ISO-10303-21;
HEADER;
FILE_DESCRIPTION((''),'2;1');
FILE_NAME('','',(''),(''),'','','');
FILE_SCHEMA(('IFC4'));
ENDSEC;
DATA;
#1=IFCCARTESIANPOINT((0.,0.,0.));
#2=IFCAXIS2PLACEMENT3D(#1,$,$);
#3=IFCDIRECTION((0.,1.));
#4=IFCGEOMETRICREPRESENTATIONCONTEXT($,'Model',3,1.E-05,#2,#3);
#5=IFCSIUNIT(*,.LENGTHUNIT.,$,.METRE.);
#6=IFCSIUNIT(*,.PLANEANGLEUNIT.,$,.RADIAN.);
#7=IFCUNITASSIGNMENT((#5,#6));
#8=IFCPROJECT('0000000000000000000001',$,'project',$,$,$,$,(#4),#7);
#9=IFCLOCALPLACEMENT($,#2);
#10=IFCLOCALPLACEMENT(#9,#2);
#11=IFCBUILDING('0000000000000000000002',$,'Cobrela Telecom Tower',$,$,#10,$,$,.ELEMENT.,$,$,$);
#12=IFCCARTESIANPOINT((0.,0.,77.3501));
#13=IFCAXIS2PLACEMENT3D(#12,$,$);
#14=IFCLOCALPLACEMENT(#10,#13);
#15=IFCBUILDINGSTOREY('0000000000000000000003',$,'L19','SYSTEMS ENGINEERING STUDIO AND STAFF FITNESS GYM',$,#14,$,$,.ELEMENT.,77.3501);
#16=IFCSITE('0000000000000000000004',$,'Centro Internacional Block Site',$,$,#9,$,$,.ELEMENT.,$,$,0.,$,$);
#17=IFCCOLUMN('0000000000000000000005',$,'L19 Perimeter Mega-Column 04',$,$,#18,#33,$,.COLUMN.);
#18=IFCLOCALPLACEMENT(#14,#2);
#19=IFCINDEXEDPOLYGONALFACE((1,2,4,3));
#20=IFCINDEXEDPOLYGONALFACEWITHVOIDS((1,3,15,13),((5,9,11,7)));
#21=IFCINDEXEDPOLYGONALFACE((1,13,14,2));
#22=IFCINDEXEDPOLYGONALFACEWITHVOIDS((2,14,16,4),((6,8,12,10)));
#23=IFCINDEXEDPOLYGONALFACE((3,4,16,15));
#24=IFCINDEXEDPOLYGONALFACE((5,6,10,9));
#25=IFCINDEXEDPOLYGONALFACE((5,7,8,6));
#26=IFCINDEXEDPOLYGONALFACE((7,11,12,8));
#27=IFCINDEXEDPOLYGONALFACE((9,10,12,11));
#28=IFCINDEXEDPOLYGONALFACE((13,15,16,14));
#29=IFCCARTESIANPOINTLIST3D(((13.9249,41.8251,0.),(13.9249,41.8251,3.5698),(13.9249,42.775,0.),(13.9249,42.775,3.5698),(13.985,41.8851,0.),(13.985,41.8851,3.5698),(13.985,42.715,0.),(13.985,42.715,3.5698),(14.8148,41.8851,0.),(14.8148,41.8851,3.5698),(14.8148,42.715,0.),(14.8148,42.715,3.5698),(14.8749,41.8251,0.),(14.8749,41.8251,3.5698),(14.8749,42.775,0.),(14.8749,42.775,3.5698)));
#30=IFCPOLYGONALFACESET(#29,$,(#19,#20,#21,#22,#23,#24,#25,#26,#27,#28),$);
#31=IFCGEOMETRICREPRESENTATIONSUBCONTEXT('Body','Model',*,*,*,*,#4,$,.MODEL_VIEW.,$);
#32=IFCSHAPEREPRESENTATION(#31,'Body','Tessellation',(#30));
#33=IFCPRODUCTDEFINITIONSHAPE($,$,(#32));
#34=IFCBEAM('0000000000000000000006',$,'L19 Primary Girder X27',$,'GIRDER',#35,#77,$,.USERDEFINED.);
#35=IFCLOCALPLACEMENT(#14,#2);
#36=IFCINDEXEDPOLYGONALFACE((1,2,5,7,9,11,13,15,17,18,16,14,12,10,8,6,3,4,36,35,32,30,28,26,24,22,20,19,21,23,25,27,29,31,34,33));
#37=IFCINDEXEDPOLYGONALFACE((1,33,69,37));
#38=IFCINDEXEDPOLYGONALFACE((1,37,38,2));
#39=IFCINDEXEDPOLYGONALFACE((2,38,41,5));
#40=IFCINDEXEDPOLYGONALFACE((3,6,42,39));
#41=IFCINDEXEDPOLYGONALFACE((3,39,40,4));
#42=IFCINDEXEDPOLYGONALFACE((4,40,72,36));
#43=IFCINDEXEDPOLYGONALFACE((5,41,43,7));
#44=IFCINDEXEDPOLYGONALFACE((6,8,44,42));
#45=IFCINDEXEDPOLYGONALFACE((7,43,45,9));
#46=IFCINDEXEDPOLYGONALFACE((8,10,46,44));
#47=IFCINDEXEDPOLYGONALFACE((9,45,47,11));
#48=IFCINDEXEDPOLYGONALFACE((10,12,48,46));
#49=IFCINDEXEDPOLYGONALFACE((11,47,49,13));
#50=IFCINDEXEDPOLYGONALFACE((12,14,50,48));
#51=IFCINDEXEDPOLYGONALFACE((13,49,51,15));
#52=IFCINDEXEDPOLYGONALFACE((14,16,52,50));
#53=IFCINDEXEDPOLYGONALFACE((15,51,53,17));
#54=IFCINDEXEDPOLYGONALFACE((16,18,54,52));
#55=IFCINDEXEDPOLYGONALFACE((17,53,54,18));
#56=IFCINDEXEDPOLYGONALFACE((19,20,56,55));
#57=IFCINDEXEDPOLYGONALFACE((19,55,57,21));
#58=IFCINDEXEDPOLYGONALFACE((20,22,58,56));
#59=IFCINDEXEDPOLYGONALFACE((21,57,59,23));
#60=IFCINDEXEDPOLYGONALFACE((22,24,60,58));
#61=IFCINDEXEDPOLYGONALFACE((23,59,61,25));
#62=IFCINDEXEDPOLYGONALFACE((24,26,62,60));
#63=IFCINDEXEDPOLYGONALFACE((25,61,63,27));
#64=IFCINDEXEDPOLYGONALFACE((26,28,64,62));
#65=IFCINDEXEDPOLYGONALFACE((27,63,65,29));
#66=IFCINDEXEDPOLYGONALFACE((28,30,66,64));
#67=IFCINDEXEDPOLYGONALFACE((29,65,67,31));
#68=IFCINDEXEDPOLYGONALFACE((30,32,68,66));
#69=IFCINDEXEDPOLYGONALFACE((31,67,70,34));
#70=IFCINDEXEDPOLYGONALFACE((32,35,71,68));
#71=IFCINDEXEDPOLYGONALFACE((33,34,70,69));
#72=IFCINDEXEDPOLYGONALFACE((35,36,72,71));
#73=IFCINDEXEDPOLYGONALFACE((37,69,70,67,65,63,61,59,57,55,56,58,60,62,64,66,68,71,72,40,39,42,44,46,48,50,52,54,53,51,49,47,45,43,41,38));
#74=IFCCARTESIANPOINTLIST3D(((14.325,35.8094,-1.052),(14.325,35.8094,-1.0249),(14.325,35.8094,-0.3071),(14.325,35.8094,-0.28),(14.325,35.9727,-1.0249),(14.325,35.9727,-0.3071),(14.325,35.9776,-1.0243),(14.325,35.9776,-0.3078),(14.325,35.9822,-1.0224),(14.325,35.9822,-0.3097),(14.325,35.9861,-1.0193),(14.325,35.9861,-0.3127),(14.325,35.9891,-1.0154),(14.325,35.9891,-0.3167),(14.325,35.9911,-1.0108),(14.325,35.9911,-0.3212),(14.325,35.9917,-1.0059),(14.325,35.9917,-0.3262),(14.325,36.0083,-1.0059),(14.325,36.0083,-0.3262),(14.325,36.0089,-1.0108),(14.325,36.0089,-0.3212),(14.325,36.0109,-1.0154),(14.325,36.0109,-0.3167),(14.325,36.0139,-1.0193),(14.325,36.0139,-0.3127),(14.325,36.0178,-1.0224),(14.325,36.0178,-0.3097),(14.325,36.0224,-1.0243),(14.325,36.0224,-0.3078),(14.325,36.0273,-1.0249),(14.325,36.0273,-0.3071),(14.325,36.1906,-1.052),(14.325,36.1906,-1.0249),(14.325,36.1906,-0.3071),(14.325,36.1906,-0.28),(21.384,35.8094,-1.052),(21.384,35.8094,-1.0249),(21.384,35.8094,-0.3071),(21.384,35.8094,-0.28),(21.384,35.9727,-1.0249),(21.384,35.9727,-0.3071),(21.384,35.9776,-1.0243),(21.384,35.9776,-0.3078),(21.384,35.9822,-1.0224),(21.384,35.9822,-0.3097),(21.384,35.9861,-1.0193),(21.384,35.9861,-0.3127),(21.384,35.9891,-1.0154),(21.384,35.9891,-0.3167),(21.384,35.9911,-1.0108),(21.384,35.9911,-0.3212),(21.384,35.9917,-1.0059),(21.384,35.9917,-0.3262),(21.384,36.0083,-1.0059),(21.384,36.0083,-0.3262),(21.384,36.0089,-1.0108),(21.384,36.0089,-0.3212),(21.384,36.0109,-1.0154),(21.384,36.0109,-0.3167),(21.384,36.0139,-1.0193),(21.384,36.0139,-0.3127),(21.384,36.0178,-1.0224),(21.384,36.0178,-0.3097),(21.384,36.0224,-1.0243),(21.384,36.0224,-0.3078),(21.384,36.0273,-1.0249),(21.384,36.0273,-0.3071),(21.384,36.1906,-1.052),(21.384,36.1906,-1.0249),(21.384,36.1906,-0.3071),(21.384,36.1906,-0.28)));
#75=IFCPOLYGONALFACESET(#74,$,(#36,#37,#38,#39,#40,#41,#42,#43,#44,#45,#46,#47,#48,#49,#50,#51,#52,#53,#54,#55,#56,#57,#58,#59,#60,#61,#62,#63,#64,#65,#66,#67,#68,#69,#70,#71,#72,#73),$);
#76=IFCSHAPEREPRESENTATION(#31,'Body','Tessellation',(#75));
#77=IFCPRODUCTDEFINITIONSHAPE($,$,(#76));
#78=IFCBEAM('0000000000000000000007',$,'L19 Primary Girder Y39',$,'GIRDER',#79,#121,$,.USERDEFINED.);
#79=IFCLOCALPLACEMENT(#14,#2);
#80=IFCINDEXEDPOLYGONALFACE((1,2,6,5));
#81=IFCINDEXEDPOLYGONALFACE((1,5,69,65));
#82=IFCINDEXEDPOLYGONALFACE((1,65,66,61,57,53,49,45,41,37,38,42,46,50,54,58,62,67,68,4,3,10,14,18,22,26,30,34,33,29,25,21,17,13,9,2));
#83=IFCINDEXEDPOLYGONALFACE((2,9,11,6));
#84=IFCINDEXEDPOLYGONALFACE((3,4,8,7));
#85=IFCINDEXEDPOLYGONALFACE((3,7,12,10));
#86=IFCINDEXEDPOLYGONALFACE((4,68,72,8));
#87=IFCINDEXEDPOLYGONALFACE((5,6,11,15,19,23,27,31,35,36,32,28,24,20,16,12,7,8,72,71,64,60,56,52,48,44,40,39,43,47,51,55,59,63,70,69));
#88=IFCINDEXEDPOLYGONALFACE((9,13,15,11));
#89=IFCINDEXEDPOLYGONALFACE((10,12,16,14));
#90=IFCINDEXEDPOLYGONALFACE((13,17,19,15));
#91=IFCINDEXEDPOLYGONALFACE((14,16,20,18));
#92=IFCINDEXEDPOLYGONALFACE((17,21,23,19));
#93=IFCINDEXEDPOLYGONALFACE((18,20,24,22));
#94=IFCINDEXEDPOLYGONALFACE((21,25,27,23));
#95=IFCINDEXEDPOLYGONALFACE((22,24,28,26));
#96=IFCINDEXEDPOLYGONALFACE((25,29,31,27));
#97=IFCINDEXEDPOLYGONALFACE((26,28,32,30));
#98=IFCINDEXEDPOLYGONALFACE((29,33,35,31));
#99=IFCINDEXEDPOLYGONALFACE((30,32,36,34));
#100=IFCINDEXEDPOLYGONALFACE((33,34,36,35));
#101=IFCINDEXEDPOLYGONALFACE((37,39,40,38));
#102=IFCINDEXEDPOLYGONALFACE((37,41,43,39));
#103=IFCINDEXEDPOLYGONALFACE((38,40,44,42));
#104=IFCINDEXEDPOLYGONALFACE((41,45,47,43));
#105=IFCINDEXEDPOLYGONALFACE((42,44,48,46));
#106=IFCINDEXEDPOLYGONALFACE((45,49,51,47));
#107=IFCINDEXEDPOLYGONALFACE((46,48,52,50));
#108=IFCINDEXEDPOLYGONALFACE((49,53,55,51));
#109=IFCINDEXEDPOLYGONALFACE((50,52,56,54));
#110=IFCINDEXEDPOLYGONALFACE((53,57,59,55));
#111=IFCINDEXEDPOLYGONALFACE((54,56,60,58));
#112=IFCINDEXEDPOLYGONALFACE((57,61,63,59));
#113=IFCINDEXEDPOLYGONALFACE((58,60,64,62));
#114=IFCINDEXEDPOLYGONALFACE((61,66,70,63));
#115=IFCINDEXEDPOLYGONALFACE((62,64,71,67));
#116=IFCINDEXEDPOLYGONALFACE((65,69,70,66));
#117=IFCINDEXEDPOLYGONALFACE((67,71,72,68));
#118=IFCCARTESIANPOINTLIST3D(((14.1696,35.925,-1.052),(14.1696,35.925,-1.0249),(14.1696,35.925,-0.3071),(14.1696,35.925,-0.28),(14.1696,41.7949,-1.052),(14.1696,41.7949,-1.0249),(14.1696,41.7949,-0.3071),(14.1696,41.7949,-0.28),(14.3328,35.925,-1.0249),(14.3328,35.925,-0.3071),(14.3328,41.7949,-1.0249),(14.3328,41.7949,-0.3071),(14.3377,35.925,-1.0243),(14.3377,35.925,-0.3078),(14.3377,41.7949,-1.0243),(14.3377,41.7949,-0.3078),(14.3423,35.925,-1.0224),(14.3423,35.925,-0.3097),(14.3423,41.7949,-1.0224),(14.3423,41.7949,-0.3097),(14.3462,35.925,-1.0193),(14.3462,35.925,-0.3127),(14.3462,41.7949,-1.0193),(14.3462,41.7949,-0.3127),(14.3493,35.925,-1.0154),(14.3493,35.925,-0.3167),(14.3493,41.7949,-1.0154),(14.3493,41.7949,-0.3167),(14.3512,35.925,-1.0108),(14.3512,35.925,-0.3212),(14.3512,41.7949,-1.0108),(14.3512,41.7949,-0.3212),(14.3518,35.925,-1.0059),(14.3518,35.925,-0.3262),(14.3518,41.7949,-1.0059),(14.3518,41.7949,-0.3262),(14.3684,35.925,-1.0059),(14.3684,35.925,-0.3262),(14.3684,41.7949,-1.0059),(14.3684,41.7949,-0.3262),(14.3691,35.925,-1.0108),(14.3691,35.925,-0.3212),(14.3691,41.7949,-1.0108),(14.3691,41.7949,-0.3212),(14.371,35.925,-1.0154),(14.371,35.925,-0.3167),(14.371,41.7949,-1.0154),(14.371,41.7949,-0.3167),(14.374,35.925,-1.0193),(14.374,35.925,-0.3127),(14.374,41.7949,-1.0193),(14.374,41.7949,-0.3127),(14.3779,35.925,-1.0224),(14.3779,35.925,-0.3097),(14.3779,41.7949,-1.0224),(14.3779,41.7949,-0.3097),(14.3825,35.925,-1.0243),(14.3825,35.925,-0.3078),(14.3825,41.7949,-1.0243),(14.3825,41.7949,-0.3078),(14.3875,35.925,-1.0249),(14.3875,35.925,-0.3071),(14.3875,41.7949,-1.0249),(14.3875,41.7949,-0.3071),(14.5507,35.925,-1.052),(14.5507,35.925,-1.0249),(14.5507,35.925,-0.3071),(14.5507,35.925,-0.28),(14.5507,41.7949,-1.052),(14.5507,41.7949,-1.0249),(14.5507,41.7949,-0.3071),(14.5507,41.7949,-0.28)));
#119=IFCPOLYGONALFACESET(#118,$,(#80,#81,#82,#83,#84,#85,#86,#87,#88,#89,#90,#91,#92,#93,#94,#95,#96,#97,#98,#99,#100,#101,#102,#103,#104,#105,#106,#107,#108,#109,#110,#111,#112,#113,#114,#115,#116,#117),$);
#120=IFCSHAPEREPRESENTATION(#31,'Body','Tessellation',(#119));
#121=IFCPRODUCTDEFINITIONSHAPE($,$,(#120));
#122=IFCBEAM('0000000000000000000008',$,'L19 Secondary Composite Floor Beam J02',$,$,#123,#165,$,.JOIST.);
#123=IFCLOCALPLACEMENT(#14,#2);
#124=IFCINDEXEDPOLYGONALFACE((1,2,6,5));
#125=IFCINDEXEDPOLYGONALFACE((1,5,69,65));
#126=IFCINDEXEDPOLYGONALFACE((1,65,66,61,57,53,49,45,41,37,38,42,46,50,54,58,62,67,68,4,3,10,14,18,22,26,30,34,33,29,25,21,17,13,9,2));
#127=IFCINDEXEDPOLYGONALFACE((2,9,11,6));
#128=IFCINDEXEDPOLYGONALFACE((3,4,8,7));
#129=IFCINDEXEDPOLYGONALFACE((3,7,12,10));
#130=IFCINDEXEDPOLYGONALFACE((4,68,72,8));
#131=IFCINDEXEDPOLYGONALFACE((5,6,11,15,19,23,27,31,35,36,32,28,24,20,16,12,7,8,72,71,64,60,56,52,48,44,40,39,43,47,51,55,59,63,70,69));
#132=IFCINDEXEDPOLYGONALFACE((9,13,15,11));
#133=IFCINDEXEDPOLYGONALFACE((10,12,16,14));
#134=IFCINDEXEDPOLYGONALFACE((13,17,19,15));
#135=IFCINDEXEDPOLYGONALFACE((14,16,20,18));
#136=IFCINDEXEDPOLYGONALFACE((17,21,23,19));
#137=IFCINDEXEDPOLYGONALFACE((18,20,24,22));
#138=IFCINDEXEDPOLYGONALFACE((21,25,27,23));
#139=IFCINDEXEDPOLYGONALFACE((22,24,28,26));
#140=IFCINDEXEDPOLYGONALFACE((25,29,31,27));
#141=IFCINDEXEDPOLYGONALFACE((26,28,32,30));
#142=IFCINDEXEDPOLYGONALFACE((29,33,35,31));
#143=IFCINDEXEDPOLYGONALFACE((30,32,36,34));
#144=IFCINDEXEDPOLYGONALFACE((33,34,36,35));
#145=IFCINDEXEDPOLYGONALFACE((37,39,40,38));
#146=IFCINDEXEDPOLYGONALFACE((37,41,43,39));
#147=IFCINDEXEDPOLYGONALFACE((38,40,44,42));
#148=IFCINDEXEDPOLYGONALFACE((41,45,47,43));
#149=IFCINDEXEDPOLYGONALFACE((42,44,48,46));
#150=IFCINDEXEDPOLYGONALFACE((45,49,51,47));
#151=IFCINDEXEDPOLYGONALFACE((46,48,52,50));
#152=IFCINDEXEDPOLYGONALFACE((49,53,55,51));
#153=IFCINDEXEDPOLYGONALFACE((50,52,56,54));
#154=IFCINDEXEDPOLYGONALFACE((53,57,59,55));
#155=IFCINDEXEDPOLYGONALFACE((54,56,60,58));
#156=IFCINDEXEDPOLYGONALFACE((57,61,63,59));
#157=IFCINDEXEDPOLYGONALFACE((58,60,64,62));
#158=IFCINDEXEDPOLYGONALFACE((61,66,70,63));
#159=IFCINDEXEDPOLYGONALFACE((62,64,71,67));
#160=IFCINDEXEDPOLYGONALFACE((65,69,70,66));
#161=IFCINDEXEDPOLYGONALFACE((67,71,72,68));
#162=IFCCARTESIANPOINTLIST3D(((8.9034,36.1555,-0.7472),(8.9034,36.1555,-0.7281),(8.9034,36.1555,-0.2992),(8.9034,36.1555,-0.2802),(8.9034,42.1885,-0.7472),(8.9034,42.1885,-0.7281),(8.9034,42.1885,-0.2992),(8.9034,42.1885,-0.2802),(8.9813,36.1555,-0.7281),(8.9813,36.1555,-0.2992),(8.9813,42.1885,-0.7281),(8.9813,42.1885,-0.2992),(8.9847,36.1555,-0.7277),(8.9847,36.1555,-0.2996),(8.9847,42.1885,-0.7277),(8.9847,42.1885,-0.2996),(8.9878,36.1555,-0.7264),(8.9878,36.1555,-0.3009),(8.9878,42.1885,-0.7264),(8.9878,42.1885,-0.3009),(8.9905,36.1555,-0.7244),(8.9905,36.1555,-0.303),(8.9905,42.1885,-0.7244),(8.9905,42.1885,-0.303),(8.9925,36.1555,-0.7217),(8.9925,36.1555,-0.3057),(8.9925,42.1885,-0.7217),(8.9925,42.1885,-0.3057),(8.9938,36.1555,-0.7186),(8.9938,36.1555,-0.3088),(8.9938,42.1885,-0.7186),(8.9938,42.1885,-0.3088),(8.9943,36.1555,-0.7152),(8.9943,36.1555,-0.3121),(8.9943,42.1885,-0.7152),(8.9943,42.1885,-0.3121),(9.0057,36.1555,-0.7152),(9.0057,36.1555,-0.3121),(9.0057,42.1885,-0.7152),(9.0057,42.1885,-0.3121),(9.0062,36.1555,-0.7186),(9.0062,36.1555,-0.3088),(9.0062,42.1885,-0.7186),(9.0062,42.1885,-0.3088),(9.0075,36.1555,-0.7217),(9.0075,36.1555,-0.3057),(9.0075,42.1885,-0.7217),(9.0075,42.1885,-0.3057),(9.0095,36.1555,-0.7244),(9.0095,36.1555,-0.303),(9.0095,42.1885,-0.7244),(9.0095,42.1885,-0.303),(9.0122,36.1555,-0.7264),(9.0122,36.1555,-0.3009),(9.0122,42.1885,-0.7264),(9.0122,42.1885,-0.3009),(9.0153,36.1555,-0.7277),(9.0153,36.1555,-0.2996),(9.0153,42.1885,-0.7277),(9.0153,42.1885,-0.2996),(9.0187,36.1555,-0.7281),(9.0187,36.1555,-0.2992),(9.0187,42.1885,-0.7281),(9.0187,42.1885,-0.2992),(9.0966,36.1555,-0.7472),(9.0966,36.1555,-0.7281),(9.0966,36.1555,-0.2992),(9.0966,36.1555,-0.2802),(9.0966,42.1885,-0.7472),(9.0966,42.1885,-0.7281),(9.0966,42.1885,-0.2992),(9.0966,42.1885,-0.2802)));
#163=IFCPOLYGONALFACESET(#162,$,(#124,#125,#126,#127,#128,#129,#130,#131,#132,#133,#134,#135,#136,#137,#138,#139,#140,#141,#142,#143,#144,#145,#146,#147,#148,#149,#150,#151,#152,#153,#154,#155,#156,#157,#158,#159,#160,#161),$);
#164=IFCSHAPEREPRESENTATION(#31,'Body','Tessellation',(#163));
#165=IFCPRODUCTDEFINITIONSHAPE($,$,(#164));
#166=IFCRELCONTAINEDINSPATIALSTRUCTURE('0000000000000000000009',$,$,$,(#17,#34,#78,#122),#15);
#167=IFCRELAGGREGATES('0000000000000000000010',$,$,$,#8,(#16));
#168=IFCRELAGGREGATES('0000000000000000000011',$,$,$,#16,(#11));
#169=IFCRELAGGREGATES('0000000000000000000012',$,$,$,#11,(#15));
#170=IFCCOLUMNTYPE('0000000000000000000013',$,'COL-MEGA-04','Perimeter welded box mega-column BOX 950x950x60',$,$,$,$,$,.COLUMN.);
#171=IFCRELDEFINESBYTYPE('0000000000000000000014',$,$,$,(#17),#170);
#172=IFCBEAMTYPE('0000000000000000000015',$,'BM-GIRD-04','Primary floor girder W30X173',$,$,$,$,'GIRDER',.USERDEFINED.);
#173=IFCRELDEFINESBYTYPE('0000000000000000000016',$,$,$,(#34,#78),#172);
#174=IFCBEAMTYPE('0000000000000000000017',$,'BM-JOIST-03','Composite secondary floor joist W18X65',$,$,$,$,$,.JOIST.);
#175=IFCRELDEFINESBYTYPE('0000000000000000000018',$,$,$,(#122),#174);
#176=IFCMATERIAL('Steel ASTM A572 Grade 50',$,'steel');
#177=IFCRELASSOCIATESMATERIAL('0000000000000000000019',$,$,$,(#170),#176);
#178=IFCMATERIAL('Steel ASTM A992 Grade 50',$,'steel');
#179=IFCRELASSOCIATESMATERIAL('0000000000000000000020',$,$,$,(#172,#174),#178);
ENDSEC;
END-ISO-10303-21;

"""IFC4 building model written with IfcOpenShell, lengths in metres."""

from ifc_helpers import new_model, si_unit, direction, frame, origin, origin_2d, place, context, subcontext, project, spatial, hollow_rectangle, i_section, extrude, material, material_profile, profile_set, type_object, element, save


model = new_model("IFC4")

# Units and contexts
model_context = context("Model", 3, precision=1e-05, world=origin(), true_north=direction((0.0, 1.0)))
body_context = subcontext(model_context, "Body", "Model", "MODEL_VIEW")
ifc_project = project(units=[si_unit("LENGTHUNIT", "METRE"), si_unit("PLANEANGLEUNIT", "RADIAN")], contexts=[model_context])

# Site, building, storey
site_placement = place(None, origin())
site = spatial("IfcSite", under=ifc_project, at=site_placement, Name="Centro Internacional Block Site", CompositionType="ELEMENT", RefElevation=0.0)
building_placement = place(site_placement, origin())
building = spatial("IfcBuilding", under=site, at=building_placement, Name="Cobrela Telecom Tower", CompositionType="ELEMENT")
storey_placement = place(building_placement, frame((0.0, 0.0, 77.3501)))
storey = spatial("IfcBuildingStorey", under=building, at=storey_placement, Name="L19", Description="SYSTEMS ENGINEERING STUDIO AND STAFF FITNESS GYM", CompositionType="ELEMENT", Elevation=77.3501)

# Column
ifc_material_1 = material(Name="Steel ASTM A572 Grade 50", Category="steel")
ifc_material_profile_1 = material_profile(ifc_material_1, hollow_rectangle(XDim=0.95, YDim=0.95, WallThickness=0.0601, at=origin_2d()), Name="BOX 950x950x60")
ifc_profile_set_1 = profile_set([ifc_material_profile_1], Name="Steel ASTM A572 Grade 50")
column_type = type_object("IfcColumnType", Name="COL-MEGA-04", Description="Perimeter welded box mega-column BOX 950x950x60", PredefinedType="COLUMN", material=ifc_profile_set_1)
column_placement = place(storey_placement, frame((14.3999, 42.3, 0.0), z_axis=(0.0, 0.0, 1.0), x_axis=(1.0, 0.0, 0.0)))
element("IfcColumn", 1, at=column_placement, inside=storey, type_object=column_type, Name="L19 Perimeter Mega-Column 04", PredefinedType="COLUMN", context=body_context, shape_type="SweptSolid", body=[
    extrude(hollow_rectangle(XDim=0.95, YDim=0.95, WallThickness=0.0601, at=origin_2d()), origin(), (0.0, 0.0, 1.0), 3.5698),
])

# Beams
ifc_material_2 = material(Name="Steel ASTM A992 Grade 50", Category="steel")
ifc_material_profile_2 = material_profile(ifc_material_2, i_section(OverallWidth=0.3811, OverallDepth=0.772, WebThickness=0.0166, FlangeThickness=0.0271, FilletRadius=0.019, at=origin_2d()), Name="W30X173")
ifc_profile_set_2 = profile_set([ifc_material_profile_2], Name="Steel ASTM A992 Grade 50")
beam_type_1 = type_object("IfcBeamType", Name="BM-GIRD-04", Description="Primary floor girder W30X173", ElementType="GIRDER", PredefinedType="USERDEFINED", material=ifc_profile_set_2)
beam_1_placement = place(storey_placement, frame((14.325, 36.0, -0.666), z_axis=(1.0, 0.0, 0.0), x_axis=(0.0, 1.0, 0.0)))
element("IfcBeam", 2, at=beam_1_placement, inside=storey, type_object=beam_type_1, Name="L19 Primary Girder X27", ObjectType="GIRDER", PredefinedType="USERDEFINED", context=body_context, shape_type="SweptSolid", body=[
    extrude(i_section(OverallWidth=0.3811, OverallDepth=0.772, WebThickness=0.0166, FlangeThickness=0.0271, FilletRadius=0.019, at=origin_2d()), origin(), (0.0, 0.0, 1.0), 7.0591),
])
beam_2_placement = place(storey_placement, frame((14.3601, 35.925, -0.666), z_axis=(0.0, 1.0, 0.0), x_axis=(-1.0, 0.0, 0.0)))
element("IfcBeam", 3, at=beam_2_placement, inside=storey, type_object=beam_type_1, Name="L19 Primary Girder Y39", ObjectType="GIRDER", PredefinedType="USERDEFINED", context=body_context, shape_type="SweptSolid", body=[
    extrude(i_section(OverallWidth=0.3811, OverallDepth=0.772, WebThickness=0.0166, FlangeThickness=0.0271, FilletRadius=0.019, at=origin_2d()), origin(), (0.0, 0.0, 1.0), 5.8699),
])
ifc_material_profile_3 = material_profile(ifc_material_2, i_section(OverallWidth=0.1931, OverallDepth=0.467, WebThickness=0.0115, FlangeThickness=0.019, FilletRadius=0.0129, at=origin_2d()), Name="W18X65")
ifc_profile_set_3 = profile_set([ifc_material_profile_3], Name="Steel ASTM A992 Grade 50")
beam_type_2 = type_object("IfcBeamType", Name="BM-JOIST-03", Description="Composite secondary floor joist W18X65", PredefinedType="JOIST", material=ifc_profile_set_3)
for number, where, z_axis, x_axis, name in (
    (4, (9.0, 36.1555, -0.5137), (0.0, 1.0, 0.0), (-1.0, 0.0, 0.0), "L19 Secondary Composite Floor Beam J02"),
):
    element("IfcBeam", number, at=place(storey_placement, frame(where, z_axis=z_axis, x_axis=x_axis)), inside=storey, type_object=beam_type_2, Name=name, PredefinedType="JOIST", context=body_context, shape_type="SweptSolid", body=[
        extrude(i_section(OverallWidth=0.1931, OverallDepth=0.467, WebThickness=0.0115, FlangeThickness=0.019, FilletRadius=0.0129, at=origin_2d()), origin(), (0.0, 0.0, 1.0), 6.033),
    ])

save(model, "model.ifc")
